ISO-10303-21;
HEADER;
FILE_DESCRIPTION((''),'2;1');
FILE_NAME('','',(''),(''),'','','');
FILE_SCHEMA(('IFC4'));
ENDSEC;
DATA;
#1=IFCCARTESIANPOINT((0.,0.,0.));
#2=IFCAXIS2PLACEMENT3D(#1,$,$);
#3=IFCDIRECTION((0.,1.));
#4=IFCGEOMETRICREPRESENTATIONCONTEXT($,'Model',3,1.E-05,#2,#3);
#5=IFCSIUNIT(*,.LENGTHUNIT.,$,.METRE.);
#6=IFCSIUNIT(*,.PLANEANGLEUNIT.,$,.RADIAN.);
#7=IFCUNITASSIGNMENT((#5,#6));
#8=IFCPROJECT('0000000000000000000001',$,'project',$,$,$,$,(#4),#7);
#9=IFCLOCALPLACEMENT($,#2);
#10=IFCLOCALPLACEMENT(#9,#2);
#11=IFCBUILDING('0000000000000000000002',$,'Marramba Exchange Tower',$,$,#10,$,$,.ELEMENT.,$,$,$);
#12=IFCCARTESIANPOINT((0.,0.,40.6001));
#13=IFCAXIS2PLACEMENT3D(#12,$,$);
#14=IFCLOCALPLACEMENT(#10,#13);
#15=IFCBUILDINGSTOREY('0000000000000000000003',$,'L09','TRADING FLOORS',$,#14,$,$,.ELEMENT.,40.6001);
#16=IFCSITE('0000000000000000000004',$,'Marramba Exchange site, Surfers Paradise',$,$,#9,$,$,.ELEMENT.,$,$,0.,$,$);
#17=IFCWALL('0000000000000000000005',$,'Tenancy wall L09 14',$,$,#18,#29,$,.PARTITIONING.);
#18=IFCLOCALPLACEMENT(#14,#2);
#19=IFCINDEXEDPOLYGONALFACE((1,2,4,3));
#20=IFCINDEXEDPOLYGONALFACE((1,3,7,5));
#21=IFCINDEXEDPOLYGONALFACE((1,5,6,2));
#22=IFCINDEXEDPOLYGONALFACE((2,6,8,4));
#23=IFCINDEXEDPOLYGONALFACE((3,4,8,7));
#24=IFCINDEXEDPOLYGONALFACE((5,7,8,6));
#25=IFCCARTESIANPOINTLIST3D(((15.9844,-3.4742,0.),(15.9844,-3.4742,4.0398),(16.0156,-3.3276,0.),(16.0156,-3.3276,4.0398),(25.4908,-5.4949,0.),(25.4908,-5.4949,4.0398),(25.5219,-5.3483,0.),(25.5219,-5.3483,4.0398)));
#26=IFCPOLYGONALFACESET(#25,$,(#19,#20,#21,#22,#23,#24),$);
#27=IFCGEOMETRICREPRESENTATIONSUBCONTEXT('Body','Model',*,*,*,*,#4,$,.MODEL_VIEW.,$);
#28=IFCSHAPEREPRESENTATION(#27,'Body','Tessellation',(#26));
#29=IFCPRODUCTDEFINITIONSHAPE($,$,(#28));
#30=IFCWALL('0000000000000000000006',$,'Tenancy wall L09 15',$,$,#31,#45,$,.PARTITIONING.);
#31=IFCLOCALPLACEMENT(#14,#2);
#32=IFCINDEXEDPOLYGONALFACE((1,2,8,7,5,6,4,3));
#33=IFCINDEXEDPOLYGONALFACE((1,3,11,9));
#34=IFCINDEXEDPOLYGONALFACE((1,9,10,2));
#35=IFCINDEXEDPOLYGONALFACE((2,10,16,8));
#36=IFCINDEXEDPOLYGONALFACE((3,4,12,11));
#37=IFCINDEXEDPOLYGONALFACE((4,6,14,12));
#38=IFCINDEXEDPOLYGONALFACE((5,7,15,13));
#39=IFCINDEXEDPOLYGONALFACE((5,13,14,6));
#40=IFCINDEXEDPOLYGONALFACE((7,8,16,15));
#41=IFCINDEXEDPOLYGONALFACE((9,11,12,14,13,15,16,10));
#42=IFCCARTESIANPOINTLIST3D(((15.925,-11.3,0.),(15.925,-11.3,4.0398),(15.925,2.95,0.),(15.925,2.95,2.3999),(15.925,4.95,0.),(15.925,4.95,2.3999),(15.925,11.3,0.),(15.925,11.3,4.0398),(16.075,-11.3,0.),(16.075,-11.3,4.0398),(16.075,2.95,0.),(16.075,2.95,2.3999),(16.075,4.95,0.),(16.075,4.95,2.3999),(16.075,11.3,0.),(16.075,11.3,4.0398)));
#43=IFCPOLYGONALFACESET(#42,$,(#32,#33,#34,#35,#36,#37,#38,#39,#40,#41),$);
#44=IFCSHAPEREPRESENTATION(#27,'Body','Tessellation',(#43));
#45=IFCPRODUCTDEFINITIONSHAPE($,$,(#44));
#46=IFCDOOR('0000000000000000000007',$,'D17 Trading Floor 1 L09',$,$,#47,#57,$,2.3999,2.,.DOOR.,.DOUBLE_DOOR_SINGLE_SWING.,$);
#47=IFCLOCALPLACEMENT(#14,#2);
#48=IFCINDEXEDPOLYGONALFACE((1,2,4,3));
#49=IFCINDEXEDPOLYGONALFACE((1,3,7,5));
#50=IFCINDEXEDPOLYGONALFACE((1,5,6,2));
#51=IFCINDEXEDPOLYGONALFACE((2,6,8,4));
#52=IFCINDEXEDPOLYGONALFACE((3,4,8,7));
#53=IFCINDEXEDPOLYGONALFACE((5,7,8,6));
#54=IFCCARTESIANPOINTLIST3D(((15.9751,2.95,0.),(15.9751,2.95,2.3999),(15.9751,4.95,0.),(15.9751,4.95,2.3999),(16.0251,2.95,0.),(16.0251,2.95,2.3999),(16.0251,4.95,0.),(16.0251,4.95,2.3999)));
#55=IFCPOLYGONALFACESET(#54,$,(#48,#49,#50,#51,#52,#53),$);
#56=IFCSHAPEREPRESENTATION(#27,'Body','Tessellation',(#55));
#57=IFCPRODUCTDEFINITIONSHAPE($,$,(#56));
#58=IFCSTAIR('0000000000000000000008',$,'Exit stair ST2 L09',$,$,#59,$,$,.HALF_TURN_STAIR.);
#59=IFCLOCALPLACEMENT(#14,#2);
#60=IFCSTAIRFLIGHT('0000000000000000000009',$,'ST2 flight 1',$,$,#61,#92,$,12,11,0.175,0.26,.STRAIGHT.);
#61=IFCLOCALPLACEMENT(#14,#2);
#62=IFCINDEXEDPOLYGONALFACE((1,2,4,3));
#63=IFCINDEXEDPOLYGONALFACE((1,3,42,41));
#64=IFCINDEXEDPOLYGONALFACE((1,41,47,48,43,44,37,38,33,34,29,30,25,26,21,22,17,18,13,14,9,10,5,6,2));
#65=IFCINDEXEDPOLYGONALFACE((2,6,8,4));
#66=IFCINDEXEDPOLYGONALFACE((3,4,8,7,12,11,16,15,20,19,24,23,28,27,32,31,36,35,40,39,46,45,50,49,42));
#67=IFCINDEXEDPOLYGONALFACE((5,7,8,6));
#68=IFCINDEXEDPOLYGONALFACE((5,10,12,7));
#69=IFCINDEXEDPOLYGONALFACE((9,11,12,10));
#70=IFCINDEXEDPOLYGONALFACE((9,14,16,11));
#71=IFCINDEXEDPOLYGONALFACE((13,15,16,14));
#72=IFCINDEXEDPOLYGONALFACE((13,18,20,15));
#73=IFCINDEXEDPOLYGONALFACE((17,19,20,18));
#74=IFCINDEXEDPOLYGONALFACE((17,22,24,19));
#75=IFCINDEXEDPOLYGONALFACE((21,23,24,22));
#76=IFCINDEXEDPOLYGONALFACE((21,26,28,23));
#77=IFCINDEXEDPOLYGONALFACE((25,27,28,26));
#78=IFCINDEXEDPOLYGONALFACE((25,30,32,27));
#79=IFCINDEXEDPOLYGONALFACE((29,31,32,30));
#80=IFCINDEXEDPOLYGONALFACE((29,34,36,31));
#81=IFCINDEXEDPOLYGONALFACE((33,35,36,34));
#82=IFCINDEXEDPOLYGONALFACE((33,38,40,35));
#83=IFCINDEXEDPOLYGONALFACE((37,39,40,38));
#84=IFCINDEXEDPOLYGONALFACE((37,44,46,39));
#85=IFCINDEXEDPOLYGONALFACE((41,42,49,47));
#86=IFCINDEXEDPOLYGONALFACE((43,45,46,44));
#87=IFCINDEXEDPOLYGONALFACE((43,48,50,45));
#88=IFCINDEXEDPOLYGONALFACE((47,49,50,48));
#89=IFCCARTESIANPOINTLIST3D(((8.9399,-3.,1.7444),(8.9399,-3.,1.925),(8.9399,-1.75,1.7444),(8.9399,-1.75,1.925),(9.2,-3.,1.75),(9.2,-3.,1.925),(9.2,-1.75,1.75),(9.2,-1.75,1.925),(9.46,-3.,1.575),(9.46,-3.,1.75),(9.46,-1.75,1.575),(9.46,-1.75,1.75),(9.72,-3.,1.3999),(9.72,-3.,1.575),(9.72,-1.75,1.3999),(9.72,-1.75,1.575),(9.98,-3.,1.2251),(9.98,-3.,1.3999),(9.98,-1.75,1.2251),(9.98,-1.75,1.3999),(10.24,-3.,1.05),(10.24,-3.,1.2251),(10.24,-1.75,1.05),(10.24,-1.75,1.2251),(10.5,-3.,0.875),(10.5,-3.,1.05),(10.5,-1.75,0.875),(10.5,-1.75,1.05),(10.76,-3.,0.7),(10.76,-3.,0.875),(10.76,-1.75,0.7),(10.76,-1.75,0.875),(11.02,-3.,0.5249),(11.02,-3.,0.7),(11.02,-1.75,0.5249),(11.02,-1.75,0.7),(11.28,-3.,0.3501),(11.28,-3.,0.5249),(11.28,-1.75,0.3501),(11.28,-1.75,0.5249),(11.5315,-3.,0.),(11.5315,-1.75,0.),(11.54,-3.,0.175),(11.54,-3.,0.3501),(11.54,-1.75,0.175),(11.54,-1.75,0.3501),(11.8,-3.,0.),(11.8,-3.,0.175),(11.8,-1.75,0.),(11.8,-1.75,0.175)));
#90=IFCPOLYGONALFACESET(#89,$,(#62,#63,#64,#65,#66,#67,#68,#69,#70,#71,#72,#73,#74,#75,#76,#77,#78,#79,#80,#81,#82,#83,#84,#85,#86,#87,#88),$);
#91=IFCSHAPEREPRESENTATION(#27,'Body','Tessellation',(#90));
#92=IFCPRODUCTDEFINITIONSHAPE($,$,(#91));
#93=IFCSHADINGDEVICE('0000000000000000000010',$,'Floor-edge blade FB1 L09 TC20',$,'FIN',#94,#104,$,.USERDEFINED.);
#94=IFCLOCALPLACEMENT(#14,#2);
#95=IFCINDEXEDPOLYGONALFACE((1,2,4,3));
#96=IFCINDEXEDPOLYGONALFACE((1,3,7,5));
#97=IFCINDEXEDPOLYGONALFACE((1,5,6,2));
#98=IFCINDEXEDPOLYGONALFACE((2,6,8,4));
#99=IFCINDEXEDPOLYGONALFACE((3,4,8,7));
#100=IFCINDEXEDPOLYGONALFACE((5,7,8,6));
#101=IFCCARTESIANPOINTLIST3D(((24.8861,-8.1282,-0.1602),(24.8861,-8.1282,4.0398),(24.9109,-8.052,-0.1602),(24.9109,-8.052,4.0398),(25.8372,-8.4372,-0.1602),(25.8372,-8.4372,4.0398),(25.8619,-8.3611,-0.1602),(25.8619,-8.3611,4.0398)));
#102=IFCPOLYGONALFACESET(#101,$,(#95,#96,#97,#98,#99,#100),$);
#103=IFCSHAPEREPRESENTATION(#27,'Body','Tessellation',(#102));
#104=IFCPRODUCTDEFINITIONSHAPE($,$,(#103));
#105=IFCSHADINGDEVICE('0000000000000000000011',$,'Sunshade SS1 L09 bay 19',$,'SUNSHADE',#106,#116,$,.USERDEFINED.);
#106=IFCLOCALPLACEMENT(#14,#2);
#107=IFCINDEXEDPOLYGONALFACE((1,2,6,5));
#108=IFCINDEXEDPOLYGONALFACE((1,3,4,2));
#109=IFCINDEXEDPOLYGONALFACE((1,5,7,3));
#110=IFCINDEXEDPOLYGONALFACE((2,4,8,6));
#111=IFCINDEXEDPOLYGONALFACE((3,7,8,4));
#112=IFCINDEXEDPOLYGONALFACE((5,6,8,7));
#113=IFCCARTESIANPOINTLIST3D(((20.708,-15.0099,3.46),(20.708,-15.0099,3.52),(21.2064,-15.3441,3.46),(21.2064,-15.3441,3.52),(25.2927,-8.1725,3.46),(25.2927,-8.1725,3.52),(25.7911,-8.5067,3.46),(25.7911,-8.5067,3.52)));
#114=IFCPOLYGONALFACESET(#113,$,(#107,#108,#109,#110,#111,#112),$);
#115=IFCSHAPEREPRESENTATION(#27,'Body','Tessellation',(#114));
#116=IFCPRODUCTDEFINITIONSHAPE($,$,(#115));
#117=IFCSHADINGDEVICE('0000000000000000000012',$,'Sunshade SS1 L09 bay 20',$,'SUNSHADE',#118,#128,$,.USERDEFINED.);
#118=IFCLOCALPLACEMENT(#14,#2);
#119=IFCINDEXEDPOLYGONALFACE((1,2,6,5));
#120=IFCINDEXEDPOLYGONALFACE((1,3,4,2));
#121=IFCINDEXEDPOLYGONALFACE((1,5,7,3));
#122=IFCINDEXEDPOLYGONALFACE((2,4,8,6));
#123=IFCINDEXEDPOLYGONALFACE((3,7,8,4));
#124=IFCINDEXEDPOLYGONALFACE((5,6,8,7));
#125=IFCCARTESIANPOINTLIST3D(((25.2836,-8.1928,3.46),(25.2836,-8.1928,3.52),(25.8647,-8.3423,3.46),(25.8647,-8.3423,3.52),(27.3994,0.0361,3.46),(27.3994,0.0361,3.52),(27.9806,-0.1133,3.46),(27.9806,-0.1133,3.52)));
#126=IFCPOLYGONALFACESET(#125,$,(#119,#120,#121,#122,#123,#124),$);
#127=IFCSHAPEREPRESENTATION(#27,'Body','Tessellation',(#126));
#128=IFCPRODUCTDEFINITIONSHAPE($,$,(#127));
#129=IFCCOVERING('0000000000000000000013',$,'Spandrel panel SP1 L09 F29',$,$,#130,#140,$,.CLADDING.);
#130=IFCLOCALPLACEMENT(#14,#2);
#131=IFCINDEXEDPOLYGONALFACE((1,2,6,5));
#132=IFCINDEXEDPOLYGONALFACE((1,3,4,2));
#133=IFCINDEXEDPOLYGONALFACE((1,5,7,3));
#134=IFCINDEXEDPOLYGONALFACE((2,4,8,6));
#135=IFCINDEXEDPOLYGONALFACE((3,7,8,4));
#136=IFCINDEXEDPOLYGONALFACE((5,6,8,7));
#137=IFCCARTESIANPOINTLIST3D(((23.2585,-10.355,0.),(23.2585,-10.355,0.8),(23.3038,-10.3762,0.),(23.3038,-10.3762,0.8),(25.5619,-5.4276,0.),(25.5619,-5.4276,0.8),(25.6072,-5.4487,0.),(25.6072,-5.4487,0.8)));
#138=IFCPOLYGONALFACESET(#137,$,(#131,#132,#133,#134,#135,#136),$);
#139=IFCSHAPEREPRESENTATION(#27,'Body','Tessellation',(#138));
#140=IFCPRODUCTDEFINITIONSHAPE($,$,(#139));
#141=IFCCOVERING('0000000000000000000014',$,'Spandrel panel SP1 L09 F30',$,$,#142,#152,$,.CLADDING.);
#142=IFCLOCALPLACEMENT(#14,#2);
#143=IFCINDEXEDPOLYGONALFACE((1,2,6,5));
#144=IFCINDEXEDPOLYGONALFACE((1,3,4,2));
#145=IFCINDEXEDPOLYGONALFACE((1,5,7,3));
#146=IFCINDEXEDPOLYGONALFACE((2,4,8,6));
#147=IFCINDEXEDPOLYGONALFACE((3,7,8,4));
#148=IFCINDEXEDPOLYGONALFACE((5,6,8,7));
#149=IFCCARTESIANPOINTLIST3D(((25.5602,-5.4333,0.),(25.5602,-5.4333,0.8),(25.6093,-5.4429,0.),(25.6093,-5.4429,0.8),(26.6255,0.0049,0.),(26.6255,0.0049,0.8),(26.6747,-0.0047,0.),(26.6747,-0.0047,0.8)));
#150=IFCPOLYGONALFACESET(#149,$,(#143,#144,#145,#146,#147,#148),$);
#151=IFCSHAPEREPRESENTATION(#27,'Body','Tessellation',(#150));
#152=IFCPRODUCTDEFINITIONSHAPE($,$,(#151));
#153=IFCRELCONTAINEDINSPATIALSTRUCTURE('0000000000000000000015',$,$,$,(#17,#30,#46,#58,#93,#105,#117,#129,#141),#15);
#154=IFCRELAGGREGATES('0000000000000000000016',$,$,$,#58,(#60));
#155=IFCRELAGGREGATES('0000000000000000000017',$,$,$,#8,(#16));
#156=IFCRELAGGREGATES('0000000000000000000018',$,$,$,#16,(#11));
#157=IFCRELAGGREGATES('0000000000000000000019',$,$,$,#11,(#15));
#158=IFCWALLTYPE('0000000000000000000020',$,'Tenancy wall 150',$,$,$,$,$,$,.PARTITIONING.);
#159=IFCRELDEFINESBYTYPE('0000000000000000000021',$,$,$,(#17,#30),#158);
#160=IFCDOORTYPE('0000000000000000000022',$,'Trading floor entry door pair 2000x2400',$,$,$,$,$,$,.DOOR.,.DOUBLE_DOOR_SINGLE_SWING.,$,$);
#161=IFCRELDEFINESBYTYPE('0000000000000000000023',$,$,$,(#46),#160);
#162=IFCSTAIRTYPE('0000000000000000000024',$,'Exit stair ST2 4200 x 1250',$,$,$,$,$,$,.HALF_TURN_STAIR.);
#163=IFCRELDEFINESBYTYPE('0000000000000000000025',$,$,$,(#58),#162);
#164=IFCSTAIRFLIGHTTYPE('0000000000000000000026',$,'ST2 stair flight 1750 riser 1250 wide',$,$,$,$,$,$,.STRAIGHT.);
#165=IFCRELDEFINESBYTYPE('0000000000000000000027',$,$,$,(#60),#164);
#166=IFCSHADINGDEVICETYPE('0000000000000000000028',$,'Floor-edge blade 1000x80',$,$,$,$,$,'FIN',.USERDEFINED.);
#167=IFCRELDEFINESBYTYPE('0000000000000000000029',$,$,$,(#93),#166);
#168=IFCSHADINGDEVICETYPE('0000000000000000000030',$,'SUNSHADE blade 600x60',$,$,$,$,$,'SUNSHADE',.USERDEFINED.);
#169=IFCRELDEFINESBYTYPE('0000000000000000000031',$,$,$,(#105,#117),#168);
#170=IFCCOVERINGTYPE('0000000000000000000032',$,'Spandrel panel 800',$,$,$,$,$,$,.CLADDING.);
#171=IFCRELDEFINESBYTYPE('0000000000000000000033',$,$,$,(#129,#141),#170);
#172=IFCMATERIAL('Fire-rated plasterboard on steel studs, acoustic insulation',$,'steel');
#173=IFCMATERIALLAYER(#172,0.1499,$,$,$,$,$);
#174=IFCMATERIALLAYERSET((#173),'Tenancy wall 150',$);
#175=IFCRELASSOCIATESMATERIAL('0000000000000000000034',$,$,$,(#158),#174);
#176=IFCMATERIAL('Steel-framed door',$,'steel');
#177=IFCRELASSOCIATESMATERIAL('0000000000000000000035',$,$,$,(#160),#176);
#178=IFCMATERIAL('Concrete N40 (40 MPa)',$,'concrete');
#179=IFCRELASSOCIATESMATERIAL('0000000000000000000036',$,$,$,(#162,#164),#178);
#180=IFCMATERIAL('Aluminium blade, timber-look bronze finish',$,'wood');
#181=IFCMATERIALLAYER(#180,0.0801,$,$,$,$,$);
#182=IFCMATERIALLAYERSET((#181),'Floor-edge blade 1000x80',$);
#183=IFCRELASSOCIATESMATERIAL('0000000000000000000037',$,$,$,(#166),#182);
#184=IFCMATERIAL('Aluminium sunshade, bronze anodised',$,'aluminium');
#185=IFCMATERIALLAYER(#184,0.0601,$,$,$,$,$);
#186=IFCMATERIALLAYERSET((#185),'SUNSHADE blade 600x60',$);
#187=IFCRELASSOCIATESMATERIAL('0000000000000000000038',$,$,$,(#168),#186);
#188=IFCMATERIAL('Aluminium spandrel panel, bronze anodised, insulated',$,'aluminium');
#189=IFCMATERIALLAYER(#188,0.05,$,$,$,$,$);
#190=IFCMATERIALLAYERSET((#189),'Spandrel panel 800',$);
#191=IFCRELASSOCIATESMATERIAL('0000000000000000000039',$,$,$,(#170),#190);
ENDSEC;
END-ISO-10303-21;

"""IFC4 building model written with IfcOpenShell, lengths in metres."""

from ifc_helpers import new_model, si_unit, direction, frame, frame_2d, origin, origin_2d, place, context, subcontext, project, spatial, polyline, rectangle, outline, extrude, material, layer, layer_set, type_object, element, fill, aggregate, save


model = new_model("IFC4")

# Units and contexts
model_context = context("Model", 3, precision=1e-05, world=origin(), true_north=direction((0.0, 1.0)))
body_context = subcontext(model_context, "Body", "Model", "MODEL_VIEW")
ifc_project = project(units=[si_unit("LENGTHUNIT", "METRE"), si_unit("PLANEANGLEUNIT", "RADIAN")], contexts=[model_context])

# Site, building, storey
site_placement = place(None, origin())
site = spatial("IfcSite", under=ifc_project, at=site_placement, Name="Marramba Exchange site, Surfers Paradise", CompositionType="ELEMENT", RefElevation=0.0)
building_placement = place(site_placement, origin())
building = spatial("IfcBuilding", under=site, at=building_placement, Name="Marramba Exchange Tower", CompositionType="ELEMENT")
storey_placement = place(building_placement, frame((0.0, 0.0, 40.6001)))
storey = spatial("IfcBuildingStorey", under=building, at=storey_placement, Name="L09", Description="TRADING FLOORS", CompositionType="ELEMENT", Elevation=40.6001)

# Shared definitions
ifc_material_1 = material(Name="Steel-framed door", Category="steel")

# Wall
ifc_material_2 = material(Name="Fire-rated plasterboard on steel studs, acoustic insulation", Category="steel")
ifc_layer_1 = layer(ifc_material_2, 0.1499)
ifc_layer_set_1 = layer_set([ifc_layer_1], Name="Tenancy wall 150")
wall_type_1 = type_object("IfcWallType", Name="Tenancy wall 150", PredefinedType="PARTITIONING", material=ifc_layer_set_1)
wall_1_placement = place(storey_placement, frame((25.5063, -5.4216, 0.0), z_axis=(0.0, 0.0, 1.0), x_axis=(-0.978145, 0.207923, 0.0)))
element("IfcWall", 1, at=wall_1_placement, inside=storey, type_object=wall_type_1, Name="Tenancy wall L09 14", PredefinedType="PARTITIONING", context=body_context, shape_type="SweptSolid", body=[
    extrude(rectangle(XDim=9.7188, YDim=0.1499, at=frame_2d((4.8594, 0.0))), origin(), (0.0, 0.0, 1.0), 4.0398),
])

# Wall, opening, door
wall_2_placement = place(storey_placement, frame((16.0, -11.3, 0.0), z_axis=(0.0, 0.0, 1.0), x_axis=(0.0, 1.0, 0.0)))
wall_2 = element("IfcWall", 2, at=wall_2_placement, inside=storey, type_object=wall_type_1, Name="Tenancy wall L09 15", PredefinedType="PARTITIONING", context=body_context, shape_type="SweptSolid", body=[
    extrude(rectangle(XDim=22.6001, YDim=0.1499, at=frame_2d((11.3, 0.0))), origin(), (0.0, 0.0, 1.0), 4.0398),
])
opening_1_placement = place(wall_2_placement, frame((14.25, 0.0, 0.0)))
opening_1 = element("IfcOpeningElement", 3, at=opening_1_placement, cuts=wall_2, PredefinedType="OPENING", context=body_context, shape_type="SweptSolid", body=[
    extrude(rectangle(XDim=2.0, YDim=2.3999, at=frame_2d((1.0, 1.2))), frame((0.0, 0.085, 0.0), z_axis=(0.0, -1.0, 0.0), x_axis=(1.0, 0.0, 0.0)), (0.0, 0.0, 1.0), 0.1699),
])
door_type_1 = type_object("IfcDoorType", Name="Trading floor entry door pair 2000x2400", OperationType="DOUBLE_DOOR_SINGLE_SWING", PredefinedType="DOOR", material=ifc_material_1)
door_1_placement = place(opening_1_placement, origin())
door_1 = element("IfcDoor", 4, at=door_1_placement, inside=storey, type_object=door_type_1, Name="D17 Trading Floor 1 L09", OperationType="DOUBLE_DOOR_SINGLE_SWING", OverallHeight=2.3999, OverallWidth=2.0, PredefinedType="DOOR", context=body_context, shape_type="SweptSolid", body=[
    extrude(rectangle(XDim=2.0, YDim=2.3999, at=frame_2d((1.0, 1.2))), frame((0.0, 0.0249, 0.0), z_axis=(0.0, -1.0, 0.0), x_axis=(1.0, 0.0, 0.0)), (0.0, 0.0, 1.0), 0.05),
])
fill(opening_1, door_1)

# Stair, stair flight
ifc_material_3 = material(Name="Concrete N40 (40 MPa)", Category="concrete")
stair_type = type_object("IfcStairType", Name="Exit stair ST2 4200 x 1250", PredefinedType="HALF_TURN_STAIR", material=ifc_material_3)
stair_placement = place(storey_placement, origin())
stair = element("IfcStair", 5, at=stair_placement, inside=storey, type_object=stair_type, Name="Exit stair ST2 L09", PredefinedType="HALF_TURN_STAIR")
stair_flight_type = type_object("IfcStairFlightType", Name="ST2 stair flight 1750 riser 1250 wide", PredefinedType="STRAIGHT", material=ifc_material_3)
stair_flight_placement = place(storey_placement, frame((11.8, -2.375, 0.0), z_axis=(0.0, 0.0, 1.0), x_axis=(-1.0, 0.0, 0.0)))
stair_flight = element("IfcStairFlight", 6, at=stair_flight_placement, type_object=stair_flight_type, Name="ST2 flight 1", NumberOfRisers=12, NumberOfTreads=11, PredefinedType="STRAIGHT", RiserHeight=0.175, TreadLength=0.26, context=body_context, shape_type="SweptSolid", body=[
    extrude(outline(polyline([(0.0, 0.0), (0.0, 0.175), (0.26, 0.175), (0.26, 0.3501), (0.52, 0.3501), (0.52, 0.5249), (0.78, 0.5249), (0.78, 0.7), (1.04, 0.7), (1.04, 0.875), (1.3, 0.875), (1.3, 1.05), (1.5601, 1.05), (1.5601, 1.2251), (1.8201, 1.2251), (1.8201, 1.3999), (2.0801, 1.3999), (2.0801, 1.575), (2.3401, 1.575), (2.3401, 1.75), (2.6001, 1.75), (2.6001, 1.925), (2.8601, 1.925), (2.8601, 2.1001), (2.8601, 1.7444), (0.2686, 0.0), (0.0, 0.0)])), frame((0.0, 0.625, 0.0), z_axis=(0.0, -1.0, 0.0), x_axis=(1.0, 0.0, 0.0)), (0.0, 0.0, 1.0), 1.25),
])
aggregate(stair, [stair_flight])

# Shading devices
ifc_material_4 = material(Name="Aluminium blade, timber-look bronze finish", Category="wood")
ifc_layer_2 = layer(ifc_material_4, 0.0801)
ifc_layer_set_2 = layer_set([ifc_layer_2], Name="Floor-edge blade 1000x80")
shading_device_type_1 = type_object("IfcShadingDeviceType", Name="Floor-edge blade 1000x80", ElementType="FIN", PredefinedType="USERDEFINED", material=ifc_layer_set_2)
shading_device_1_placement = place(storey_placement, frame((25.374, -8.2446, -0.1602), z_axis=(0.0, 0.0, 1.0), x_axis=(0.951057, -0.309017, 0.0)))
element("IfcShadingDevice", 7, at=shading_device_1_placement, inside=storey, type_object=shading_device_type_1, Name="Floor-edge blade FB1 L09 TC20", ObjectType="FIN", PredefinedType="USERDEFINED", context=body_context, shape_type="SweptSolid", body=[
    extrude(rectangle(XDim=1.0, YDim=0.0801, at=origin_2d()), origin(), (0.0, 0.0, 1.0), 4.2),
])
ifc_material_5 = material(Name="Aluminium sunshade, bronze anodised", Category="aluminium")
ifc_layer_3 = layer(ifc_material_5, 0.0601)
ifc_layer_set_3 = layer_set([ifc_layer_3], Name="SUNSHADE blade 600x60")
shading_device_type_2 = type_object("IfcShadingDeviceType", Name="SUNSHADE blade 600x60", ElementType="SUNSHADE", PredefinedType="USERDEFINED", material=ifc_layer_set_3)
shading_device_2_placement = place(storey_placement, frame((23.2495, -11.7583, 3.46), z_axis=(0.0, 0.0, 1.0), x_axis=(0.556924, 0.830563, 0.0)))
element("IfcShadingDevice", 8, at=shading_device_2_placement, inside=storey, type_object=shading_device_type_2, Name="Sunshade SS1 L09 bay 19", ObjectType="SUNSHADE", PredefinedType="USERDEFINED", context=body_context, shape_type="SweptSolid", body=[
    extrude(rectangle(XDim=8.2322, YDim=0.6001, at=origin_2d()), origin(), (0.0, 0.0, 1.0), 0.0601),
])
shading_device_3_placement = place(storey_placement, frame((26.6321, -4.1531, 3.46), z_axis=(0.0, 0.0, 1.0), x_axis=(0.249025, 0.968497, 0.0)))
element("IfcShadingDevice", 9, at=shading_device_3_placement, inside=storey, type_object=shading_device_type_2, Name="Sunshade SS1 L09 bay 20", ObjectType="SUNSHADE", PredefinedType="USERDEFINED", context=body_context, shape_type="SweptSolid", body=[
    extrude(rectangle(XDim=8.4966, YDim=0.6001, at=origin_2d()), origin(), (0.0, 0.0, 1.0), 0.0601),
])

# Coverings
ifc_material_6 = material(Name="Aluminium spandrel panel, bronze anodised, insulated", Category="aluminium")
ifc_layer_4 = layer(ifc_material_6, 0.05)
ifc_layer_set_4 = layer_set([ifc_layer_4], Name="Spandrel panel 800")
covering_type = type_object("IfcCoveringType", Name="Spandrel panel 800", PredefinedType="CLADDING", material=ifc_layer_set_4)
covering_1_placement = place(storey_placement, frame((24.4329, -7.9019, 0.0), z_axis=(0.0, 0.0, 1.0), x_axis=(0.423477, 0.905907, 0.0)))
element("IfcCovering", 10, at=covering_1_placement, inside=storey, type_object=covering_type, Name="Spandrel panel SP1 L09 F29", PredefinedType="CLADDING", context=body_context, shape_type="SweptSolid", body=[
    extrude(rectangle(XDim=5.4392, YDim=0.05, at=origin_2d()), origin(), (0.0, 0.0, 1.0), 0.8),
])
covering_2_placement = place(storey_placement, frame((26.1174, -2.719, 0.0), z_axis=(0.0, 0.0, 1.0), x_axis=(0.192249, 0.981346, 0.0)))
element("IfcCovering", 11, at=covering_2_placement, inside=storey, type_object=covering_type, Name="Spandrel panel SP1 L09 F30", PredefinedType="CLADDING", context=body_context, shape_type="SweptSolid", body=[
    extrude(rectangle(XDim=5.5415, YDim=0.05, at=origin_2d()), origin(), (0.0, 0.0, 1.0), 0.8),
])

save(model, "model.ifc")
